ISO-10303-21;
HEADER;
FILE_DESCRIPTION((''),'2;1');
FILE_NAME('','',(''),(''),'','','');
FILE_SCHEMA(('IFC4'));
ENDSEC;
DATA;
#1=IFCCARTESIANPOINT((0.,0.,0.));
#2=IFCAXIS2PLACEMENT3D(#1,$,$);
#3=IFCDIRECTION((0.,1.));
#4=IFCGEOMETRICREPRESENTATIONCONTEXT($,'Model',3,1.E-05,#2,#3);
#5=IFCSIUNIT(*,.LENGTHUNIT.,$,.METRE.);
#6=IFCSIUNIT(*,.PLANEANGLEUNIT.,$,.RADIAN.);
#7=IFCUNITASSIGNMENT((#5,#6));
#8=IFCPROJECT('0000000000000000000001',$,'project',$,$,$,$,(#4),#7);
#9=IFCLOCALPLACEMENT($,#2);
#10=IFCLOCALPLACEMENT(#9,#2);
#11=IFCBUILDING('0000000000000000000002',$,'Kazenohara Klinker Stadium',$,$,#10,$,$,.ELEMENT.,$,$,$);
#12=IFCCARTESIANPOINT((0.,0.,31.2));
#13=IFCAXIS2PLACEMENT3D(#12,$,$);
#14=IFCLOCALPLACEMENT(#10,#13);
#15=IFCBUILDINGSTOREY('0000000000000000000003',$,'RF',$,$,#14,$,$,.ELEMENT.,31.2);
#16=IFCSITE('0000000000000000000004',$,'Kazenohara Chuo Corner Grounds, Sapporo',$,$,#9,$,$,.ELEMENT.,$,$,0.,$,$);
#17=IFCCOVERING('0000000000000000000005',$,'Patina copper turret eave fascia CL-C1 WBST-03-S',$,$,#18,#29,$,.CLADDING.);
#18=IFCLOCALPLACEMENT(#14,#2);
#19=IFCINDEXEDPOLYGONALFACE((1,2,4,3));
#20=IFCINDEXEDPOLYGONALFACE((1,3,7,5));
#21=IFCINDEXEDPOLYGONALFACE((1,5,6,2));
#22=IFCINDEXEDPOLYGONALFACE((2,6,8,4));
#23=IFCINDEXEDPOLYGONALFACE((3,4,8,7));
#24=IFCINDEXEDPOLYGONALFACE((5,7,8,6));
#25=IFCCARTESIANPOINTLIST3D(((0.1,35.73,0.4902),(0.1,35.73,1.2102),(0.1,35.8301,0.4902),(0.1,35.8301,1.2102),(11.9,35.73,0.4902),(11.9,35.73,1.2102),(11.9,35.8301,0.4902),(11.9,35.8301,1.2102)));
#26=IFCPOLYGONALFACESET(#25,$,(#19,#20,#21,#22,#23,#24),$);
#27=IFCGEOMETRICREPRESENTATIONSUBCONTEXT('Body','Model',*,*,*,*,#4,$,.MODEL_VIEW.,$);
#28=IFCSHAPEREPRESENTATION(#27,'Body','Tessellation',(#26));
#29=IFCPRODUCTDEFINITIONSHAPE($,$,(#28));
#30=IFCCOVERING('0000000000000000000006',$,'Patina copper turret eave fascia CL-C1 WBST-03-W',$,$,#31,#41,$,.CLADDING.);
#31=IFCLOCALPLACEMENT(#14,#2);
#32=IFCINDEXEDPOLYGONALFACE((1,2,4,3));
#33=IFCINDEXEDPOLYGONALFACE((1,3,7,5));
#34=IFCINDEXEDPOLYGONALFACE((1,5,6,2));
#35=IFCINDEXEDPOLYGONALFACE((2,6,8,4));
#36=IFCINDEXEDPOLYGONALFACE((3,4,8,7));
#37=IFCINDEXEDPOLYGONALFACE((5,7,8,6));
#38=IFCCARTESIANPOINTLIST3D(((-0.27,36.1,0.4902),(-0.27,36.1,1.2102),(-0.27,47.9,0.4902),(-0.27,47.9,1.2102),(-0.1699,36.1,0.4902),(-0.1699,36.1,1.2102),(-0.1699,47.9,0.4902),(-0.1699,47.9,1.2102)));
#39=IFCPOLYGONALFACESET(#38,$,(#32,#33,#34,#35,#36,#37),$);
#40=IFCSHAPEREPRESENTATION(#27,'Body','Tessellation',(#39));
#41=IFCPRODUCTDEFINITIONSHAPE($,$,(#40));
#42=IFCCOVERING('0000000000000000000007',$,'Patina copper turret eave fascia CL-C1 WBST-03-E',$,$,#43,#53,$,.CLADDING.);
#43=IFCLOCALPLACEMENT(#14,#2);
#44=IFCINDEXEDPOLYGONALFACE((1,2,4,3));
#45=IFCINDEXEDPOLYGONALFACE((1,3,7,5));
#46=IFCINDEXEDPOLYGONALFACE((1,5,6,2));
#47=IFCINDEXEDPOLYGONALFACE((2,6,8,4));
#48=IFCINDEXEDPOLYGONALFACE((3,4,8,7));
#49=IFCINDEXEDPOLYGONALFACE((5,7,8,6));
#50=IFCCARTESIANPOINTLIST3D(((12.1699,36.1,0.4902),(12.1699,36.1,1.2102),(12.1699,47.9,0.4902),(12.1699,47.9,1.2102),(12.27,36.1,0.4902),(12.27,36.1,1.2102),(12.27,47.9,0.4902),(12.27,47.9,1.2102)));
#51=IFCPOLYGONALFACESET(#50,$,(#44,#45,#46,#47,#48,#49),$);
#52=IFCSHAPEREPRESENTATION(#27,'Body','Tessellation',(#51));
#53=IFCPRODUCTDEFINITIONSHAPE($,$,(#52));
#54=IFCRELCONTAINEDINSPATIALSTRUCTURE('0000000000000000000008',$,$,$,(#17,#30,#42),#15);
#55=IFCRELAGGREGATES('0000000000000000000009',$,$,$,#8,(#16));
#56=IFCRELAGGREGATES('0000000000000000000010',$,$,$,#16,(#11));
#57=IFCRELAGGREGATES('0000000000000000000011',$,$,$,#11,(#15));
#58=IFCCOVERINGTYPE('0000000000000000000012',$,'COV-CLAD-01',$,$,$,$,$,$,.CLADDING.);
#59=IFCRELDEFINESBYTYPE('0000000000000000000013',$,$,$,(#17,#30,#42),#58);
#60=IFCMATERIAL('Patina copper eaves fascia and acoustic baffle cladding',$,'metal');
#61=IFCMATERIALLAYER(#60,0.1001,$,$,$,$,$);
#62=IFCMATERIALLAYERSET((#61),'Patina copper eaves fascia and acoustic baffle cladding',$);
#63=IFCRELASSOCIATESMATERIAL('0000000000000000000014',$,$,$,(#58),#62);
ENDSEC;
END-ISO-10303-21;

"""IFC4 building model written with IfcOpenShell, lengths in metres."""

from ifc_helpers import new_model, si_unit, direction, frame, origin, origin_2d, place, context, subcontext, project, spatial, rectangle, extrude, material, layer, layer_set, type_object, element, save


model = new_model("IFC4")

# Units and contexts
model_context = context("Model", 3, precision=1e-05, world=origin(), true_north=direction((0.0, 1.0)))
body_context = subcontext(model_context, "Body", "Model", "MODEL_VIEW")
ifc_project = project(units=[si_unit("LENGTHUNIT", "METRE"), si_unit("PLANEANGLEUNIT", "RADIAN")], contexts=[model_context])

# Site, building, storey
site_placement = place(None, origin())
site = spatial("IfcSite", under=ifc_project, at=site_placement, Name="Kazenohara Chuo Corner Grounds, Sapporo", CompositionType="ELEMENT", RefElevation=0.0)
building_placement = place(site_placement, origin())
building = spatial("IfcBuilding", under=site, at=building_placement, Name="Kazenohara Klinker Stadium", CompositionType="ELEMENT")
storey_placement = place(building_placement, frame((0.0, 0.0, 31.2)))
storey = spatial("IfcBuildingStorey", under=building, at=storey_placement, Name="RF", CompositionType="ELEMENT", Elevation=31.2)

# Coverings
ifc_material_1 = material(Name="Patina copper eaves fascia and acoustic baffle cladding", Category="metal")
ifc_layer_1 = layer(ifc_material_1, 0.1001)
ifc_layer_set_1 = layer_set([ifc_layer_1], Name="Patina copper eaves fascia and acoustic baffle cladding")
covering_type = type_object("IfcCoveringType", Name="COV-CLAD-01", PredefinedType="CLADDING", material=ifc_layer_set_1)
covering_1_placement = place(storey_placement, frame((6.0, 35.78, 0.4902), z_axis=(0.0, 0.0, 1.0), x_axis=(1.0, 0.0, 0.0)))
element("IfcCovering", 1, at=covering_1_placement, inside=storey, type_object=covering_type, Name="Patina copper turret eave fascia CL-C1 WBST-03-S", PredefinedType="CLADDING", context=body_context, shape_type="SweptSolid", body=[
    extrude(rectangle(XDim=11.8, YDim=0.1001, at=origin_2d()), origin(), (0.0, 0.0, 1.0), 0.72),
])
for number, where, z_axis, x_axis, name in (
    (2, (-0.22, 42.0, 0.4902), (0.0, 0.0, 1.0), (1.0, 0.0, 0.0), "Patina copper turret eave fascia CL-C1 WBST-03-W"),
    (3, (12.22, 42.0, 0.4902), (0.0, 0.0, 1.0), (1.0, 0.0, 0.0), "Patina copper turret eave fascia CL-C1 WBST-03-E"),
):
    element("IfcCovering", number, at=place(storey_placement, frame(where, z_axis=z_axis, x_axis=x_axis)), inside=storey, type_object=covering_type, Name=name, PredefinedType="CLADDING", context=body_context, shape_type="SweptSolid", body=[
        extrude(rectangle(XDim=0.1001, YDim=11.8, at=origin_2d()), origin(), (0.0, 0.0, 1.0), 0.72),
    ])

save(model, "model.ifc")
